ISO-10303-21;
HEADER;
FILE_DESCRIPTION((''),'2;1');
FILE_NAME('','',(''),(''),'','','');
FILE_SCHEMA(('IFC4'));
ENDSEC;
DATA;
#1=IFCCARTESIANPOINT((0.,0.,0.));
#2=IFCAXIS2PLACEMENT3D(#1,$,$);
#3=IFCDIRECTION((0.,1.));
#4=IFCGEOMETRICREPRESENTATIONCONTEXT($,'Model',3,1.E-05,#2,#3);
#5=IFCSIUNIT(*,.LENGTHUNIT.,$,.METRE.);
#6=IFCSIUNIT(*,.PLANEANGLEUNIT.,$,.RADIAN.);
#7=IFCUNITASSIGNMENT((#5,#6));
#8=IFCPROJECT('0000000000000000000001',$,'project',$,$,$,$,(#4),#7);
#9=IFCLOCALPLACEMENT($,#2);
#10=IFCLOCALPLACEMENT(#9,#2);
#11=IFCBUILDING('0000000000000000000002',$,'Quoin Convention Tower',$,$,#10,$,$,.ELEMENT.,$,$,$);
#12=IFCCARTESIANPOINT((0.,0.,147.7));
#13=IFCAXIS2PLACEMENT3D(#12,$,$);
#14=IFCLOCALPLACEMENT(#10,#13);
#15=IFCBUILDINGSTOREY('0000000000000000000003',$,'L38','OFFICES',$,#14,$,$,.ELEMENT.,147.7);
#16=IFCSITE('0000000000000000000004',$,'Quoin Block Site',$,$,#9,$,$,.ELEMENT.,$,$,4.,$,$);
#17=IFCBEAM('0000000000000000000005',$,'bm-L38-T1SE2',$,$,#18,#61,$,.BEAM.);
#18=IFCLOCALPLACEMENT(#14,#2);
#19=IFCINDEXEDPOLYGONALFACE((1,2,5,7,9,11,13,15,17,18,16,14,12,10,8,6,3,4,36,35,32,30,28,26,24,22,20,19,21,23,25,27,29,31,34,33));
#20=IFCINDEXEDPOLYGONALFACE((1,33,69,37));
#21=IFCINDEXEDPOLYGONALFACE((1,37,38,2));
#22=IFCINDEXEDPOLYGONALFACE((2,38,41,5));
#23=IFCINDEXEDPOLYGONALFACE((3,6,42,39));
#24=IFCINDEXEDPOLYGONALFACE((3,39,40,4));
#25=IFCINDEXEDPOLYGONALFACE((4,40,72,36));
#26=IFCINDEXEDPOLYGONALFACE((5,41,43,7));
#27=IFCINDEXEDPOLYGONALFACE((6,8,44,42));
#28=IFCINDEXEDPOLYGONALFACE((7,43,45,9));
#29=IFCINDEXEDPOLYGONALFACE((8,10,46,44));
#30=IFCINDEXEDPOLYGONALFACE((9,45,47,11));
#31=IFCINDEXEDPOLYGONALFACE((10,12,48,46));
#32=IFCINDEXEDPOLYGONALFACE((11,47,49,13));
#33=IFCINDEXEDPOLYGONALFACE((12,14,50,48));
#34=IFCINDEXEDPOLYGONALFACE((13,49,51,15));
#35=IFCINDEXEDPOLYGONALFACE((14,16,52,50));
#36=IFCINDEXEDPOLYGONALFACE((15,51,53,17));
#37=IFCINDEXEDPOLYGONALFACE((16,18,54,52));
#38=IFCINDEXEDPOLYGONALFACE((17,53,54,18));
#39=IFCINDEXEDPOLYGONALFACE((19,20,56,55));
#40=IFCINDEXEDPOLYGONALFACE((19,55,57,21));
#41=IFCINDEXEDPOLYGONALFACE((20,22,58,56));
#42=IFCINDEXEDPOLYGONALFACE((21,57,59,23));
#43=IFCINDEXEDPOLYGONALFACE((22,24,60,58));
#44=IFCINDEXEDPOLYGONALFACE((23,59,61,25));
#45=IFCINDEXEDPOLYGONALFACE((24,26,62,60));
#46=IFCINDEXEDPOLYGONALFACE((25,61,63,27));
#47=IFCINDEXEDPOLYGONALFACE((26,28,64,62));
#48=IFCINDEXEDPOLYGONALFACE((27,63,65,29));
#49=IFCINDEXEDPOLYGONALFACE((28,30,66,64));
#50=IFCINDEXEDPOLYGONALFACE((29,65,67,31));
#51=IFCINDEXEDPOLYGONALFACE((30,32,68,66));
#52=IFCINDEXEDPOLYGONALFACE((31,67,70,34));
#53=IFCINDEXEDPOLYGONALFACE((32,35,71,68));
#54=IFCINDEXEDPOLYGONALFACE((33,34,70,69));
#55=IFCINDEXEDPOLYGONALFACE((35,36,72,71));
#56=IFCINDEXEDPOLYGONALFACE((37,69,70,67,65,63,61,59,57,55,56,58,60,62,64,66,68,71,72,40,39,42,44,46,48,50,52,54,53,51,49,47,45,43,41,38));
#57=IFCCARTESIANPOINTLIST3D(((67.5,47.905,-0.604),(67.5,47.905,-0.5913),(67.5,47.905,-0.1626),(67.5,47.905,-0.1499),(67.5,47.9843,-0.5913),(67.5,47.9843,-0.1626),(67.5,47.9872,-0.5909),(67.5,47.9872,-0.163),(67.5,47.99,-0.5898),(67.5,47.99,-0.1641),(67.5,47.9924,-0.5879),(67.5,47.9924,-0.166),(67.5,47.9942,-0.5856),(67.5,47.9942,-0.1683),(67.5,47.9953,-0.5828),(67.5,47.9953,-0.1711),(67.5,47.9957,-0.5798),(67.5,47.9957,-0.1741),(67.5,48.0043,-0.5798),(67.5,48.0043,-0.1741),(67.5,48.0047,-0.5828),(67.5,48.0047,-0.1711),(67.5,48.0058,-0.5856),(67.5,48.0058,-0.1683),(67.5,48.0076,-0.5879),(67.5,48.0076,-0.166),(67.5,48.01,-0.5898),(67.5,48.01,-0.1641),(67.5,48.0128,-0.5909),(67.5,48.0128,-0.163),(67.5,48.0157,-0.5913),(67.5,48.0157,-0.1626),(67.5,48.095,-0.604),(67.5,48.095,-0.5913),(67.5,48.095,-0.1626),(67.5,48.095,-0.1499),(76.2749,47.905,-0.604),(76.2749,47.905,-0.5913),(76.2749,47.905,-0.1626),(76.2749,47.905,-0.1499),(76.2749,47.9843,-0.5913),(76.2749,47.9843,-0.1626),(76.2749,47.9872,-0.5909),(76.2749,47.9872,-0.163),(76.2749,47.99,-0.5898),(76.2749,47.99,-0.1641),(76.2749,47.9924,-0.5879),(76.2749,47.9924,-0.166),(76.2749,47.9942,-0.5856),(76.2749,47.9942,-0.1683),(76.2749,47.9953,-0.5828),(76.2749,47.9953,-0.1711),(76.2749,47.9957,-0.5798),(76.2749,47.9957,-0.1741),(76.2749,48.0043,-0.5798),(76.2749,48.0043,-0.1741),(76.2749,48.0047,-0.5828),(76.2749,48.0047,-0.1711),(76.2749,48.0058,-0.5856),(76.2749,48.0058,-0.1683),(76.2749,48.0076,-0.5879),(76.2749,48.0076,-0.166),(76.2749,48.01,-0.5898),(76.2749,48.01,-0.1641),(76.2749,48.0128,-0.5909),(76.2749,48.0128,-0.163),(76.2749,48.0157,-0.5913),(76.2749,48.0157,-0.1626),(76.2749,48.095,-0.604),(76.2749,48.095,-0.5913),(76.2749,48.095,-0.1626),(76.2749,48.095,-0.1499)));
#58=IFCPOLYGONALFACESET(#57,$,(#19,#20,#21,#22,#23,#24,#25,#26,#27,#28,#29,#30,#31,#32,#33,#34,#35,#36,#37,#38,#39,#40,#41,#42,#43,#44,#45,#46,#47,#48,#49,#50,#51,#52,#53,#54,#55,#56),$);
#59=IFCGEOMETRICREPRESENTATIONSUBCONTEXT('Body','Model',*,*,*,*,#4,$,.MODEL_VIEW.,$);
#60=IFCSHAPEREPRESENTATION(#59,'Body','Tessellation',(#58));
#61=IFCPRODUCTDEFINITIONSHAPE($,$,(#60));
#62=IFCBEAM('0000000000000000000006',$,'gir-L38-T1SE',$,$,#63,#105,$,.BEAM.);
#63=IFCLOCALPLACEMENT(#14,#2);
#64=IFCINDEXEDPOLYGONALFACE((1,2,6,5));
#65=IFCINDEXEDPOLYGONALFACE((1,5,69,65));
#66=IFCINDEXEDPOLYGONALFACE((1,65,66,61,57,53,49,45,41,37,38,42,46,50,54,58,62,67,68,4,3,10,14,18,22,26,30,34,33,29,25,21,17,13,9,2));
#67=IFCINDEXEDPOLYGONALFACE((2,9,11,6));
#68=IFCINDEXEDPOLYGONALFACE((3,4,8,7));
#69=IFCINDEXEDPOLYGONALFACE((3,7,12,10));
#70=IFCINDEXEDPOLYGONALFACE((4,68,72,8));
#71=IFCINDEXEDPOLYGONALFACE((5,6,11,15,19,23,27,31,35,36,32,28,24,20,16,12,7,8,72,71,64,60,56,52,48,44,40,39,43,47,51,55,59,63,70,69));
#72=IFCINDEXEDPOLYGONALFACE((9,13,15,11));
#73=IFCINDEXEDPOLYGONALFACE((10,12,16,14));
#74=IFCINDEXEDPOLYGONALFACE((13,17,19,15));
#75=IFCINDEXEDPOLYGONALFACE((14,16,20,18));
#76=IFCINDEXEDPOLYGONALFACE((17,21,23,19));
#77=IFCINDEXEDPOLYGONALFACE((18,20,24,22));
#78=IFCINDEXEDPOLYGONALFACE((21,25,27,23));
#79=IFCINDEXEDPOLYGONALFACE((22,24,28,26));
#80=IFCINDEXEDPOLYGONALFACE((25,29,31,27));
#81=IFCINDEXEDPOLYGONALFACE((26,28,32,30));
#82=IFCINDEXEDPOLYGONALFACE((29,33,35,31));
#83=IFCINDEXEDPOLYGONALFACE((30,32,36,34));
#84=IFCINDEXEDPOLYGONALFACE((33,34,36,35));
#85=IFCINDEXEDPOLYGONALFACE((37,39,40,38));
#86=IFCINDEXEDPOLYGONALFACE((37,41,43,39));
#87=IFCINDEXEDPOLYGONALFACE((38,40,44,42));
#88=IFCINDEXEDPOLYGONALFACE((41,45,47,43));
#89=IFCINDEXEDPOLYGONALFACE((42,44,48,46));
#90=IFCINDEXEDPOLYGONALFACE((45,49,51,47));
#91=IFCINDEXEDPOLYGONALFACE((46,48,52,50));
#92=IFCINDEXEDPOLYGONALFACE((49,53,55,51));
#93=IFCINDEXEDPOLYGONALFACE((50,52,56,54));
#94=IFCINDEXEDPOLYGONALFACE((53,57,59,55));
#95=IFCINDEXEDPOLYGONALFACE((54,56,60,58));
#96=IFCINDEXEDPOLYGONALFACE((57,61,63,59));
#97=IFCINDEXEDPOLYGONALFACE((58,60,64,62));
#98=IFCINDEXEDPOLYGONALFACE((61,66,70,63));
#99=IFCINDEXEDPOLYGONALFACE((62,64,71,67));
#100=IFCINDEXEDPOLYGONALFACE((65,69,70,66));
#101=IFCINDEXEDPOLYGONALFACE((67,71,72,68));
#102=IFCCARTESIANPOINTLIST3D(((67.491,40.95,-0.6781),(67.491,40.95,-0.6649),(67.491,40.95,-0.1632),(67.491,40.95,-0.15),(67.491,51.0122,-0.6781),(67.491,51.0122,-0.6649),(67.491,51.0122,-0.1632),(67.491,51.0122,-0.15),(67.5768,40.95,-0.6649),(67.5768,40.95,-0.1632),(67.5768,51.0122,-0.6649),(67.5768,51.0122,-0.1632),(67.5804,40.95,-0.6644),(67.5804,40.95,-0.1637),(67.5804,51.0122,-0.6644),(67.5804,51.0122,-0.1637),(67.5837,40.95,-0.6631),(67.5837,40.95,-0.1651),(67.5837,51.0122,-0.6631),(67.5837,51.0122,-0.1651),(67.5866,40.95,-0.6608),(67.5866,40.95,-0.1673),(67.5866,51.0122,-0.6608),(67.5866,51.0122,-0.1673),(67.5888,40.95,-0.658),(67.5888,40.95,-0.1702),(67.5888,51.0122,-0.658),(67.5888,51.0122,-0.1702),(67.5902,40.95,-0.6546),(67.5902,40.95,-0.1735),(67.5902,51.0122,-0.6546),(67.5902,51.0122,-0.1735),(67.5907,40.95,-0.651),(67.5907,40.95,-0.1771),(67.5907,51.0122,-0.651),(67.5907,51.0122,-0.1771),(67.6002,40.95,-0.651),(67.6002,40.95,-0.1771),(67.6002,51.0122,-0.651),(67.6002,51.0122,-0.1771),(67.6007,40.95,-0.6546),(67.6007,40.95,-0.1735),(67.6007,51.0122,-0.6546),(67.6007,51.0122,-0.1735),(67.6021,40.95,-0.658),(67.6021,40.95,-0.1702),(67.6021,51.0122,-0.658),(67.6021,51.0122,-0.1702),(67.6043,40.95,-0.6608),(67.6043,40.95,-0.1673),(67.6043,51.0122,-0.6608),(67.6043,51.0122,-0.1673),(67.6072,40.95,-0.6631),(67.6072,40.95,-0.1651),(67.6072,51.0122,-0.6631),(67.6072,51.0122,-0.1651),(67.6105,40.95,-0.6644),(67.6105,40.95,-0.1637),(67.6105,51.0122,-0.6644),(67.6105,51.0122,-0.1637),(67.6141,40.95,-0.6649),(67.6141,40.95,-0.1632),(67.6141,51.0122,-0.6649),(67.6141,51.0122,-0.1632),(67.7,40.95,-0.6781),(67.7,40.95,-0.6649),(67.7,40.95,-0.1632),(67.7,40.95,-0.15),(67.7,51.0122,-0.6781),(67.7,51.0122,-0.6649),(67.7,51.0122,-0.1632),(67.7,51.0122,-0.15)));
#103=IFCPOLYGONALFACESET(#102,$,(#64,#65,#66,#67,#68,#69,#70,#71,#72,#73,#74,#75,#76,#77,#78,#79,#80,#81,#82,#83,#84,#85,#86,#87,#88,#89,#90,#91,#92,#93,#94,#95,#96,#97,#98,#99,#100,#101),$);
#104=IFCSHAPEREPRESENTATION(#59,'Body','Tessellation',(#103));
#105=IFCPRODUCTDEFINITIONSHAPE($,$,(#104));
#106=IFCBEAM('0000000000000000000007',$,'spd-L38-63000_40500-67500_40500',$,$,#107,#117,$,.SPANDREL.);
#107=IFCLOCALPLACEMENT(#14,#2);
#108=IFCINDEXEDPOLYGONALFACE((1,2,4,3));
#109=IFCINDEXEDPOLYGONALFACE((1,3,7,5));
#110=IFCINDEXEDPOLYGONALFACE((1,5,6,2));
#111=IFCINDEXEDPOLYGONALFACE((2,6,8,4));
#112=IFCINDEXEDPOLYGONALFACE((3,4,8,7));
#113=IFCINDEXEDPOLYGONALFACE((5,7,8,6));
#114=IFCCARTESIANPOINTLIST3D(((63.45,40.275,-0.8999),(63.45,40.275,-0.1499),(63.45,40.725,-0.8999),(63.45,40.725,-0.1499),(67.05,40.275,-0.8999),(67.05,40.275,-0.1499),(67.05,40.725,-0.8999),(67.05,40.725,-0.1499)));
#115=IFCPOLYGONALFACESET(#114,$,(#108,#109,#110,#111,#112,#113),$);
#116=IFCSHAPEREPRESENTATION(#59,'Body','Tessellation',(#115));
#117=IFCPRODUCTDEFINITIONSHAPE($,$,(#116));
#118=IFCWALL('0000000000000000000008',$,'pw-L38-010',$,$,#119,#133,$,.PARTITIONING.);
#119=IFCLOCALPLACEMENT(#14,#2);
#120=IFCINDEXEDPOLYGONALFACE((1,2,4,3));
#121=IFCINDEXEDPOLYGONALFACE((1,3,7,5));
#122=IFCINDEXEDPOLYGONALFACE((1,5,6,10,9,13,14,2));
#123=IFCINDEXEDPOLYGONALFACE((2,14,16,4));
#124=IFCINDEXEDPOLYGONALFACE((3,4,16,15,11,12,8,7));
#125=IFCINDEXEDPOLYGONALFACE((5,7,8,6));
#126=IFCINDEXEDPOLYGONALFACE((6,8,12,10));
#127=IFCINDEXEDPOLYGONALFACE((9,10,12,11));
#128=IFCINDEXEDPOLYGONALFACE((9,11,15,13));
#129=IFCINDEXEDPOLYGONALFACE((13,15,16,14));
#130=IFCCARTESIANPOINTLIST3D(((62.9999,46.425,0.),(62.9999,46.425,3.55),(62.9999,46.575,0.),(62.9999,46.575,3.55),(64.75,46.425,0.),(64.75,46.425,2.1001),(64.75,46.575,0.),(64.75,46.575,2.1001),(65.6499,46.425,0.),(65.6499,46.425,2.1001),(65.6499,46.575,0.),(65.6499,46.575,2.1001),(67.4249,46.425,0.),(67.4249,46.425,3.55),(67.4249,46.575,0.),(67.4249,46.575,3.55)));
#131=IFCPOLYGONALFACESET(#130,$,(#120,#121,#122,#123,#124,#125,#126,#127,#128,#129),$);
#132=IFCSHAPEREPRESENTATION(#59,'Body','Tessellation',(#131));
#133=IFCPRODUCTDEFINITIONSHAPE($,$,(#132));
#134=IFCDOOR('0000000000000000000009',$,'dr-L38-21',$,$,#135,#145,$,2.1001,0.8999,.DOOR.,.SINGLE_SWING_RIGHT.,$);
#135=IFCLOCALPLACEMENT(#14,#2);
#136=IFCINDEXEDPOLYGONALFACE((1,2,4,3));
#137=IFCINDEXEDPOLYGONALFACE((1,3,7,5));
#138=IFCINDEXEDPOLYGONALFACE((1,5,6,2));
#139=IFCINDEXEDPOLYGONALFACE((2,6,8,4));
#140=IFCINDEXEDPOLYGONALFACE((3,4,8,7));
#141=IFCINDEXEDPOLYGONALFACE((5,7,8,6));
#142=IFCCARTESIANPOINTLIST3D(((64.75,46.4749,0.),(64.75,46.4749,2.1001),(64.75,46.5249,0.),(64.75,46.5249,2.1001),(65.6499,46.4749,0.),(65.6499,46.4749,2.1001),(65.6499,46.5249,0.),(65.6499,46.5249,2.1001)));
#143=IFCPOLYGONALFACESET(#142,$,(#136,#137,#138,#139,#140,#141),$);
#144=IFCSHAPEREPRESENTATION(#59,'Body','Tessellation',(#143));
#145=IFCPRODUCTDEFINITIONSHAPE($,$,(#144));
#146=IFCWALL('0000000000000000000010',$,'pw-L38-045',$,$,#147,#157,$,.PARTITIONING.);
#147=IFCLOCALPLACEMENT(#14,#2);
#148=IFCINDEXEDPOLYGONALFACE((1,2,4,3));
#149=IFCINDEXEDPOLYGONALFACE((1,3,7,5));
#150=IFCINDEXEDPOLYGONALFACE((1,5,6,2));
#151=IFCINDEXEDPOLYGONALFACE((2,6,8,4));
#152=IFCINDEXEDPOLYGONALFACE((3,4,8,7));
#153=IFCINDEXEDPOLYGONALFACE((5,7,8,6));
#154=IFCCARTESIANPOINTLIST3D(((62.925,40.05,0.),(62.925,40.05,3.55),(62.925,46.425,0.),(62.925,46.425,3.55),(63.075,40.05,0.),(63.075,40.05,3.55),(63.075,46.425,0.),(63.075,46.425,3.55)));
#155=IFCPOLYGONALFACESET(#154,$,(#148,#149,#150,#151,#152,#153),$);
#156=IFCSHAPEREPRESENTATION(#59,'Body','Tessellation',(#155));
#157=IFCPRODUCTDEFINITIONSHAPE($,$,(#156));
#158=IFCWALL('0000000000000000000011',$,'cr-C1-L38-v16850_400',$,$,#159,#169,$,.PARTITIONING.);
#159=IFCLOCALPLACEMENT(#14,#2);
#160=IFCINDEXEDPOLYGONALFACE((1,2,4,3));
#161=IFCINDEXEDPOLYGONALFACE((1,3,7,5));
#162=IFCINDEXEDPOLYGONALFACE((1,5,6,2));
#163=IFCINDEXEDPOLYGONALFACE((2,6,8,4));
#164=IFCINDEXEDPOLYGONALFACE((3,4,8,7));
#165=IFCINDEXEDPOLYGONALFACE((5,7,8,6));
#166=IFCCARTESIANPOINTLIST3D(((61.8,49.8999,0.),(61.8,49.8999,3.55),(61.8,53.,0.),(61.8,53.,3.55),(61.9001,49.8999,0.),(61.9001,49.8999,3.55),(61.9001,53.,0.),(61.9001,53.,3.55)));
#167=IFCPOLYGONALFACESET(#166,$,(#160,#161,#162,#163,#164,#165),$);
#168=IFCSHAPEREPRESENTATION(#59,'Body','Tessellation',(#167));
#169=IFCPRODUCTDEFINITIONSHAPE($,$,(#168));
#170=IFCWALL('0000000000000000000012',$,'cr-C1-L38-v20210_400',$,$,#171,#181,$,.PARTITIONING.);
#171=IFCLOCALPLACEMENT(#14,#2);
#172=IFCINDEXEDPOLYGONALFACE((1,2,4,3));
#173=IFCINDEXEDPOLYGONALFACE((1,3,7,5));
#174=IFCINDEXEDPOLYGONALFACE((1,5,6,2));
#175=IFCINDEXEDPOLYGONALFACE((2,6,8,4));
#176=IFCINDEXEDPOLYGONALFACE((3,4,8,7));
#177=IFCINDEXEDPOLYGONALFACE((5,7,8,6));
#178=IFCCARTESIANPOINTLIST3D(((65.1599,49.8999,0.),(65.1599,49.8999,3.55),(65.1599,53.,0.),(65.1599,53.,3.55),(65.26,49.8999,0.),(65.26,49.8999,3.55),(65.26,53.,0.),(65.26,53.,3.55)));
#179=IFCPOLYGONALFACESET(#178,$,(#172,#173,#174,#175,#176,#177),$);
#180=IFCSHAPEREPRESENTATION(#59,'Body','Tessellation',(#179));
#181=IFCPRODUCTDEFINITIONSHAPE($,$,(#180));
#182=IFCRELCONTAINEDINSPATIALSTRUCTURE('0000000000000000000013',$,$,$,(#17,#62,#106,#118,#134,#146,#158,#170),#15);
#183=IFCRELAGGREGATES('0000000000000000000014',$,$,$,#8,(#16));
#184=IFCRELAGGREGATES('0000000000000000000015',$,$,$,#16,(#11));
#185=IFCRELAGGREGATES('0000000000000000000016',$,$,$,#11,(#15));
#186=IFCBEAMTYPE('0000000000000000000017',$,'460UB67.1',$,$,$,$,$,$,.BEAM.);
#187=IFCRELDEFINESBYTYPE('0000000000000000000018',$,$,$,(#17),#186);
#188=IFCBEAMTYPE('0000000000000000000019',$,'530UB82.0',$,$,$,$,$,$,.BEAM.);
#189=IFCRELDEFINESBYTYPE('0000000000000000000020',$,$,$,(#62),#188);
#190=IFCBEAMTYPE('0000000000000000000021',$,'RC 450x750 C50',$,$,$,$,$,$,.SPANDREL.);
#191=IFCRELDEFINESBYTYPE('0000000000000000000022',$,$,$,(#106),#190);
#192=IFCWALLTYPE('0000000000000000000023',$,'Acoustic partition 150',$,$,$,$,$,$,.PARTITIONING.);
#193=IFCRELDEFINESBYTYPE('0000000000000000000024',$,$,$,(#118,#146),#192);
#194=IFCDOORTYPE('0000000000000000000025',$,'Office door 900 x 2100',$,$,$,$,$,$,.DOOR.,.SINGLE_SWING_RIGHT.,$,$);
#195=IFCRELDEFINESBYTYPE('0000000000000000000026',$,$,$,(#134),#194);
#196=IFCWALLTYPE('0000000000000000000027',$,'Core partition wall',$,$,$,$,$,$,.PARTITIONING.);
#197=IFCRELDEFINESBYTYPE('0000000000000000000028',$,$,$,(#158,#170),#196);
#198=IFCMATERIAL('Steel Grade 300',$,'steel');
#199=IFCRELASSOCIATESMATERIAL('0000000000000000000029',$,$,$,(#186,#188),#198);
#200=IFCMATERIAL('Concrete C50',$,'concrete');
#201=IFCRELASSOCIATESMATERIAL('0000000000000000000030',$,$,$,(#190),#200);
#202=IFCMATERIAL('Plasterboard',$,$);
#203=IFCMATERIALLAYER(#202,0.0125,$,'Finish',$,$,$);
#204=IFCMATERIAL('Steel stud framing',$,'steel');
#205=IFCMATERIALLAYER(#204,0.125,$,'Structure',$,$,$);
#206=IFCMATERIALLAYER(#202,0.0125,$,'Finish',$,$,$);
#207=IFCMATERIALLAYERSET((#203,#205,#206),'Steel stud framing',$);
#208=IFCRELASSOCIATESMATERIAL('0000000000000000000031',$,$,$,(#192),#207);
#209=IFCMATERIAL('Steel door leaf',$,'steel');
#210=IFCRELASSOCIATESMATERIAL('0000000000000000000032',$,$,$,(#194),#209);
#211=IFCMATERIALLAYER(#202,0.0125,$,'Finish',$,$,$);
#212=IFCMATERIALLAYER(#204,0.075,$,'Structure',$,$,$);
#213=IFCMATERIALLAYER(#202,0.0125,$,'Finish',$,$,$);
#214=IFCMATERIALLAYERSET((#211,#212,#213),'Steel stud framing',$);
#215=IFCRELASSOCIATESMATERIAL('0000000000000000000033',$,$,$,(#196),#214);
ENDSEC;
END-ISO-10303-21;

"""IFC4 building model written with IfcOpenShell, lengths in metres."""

from ifc_helpers import new_model, si_unit, direction, frame, frame_2d, origin, origin_2d, place, context, subcontext, project, spatial, rectangle, i_section, extrude, material, layer, layer_set, material_profile, profile_set, type_object, element, fill, save


model = new_model("IFC4")

# Units and contexts
model_context = context("Model", 3, precision=1e-05, world=origin(), true_north=direction((0.0, 1.0)))
body_context = subcontext(model_context, "Body", "Model", "MODEL_VIEW")
ifc_project = project(units=[si_unit("LENGTHUNIT", "METRE"), si_unit("PLANEANGLEUNIT", "RADIAN")], contexts=[model_context])

# Site, building, storey
site_placement = place(None, origin())
site = spatial("IfcSite", under=ifc_project, at=site_placement, Name="Quoin Block Site", CompositionType="ELEMENT", RefElevation=4.0)
building_placement = place(site_placement, origin())
building = spatial("IfcBuilding", under=site, at=building_placement, Name="Quoin Convention Tower", CompositionType="ELEMENT")
storey_placement = place(building_placement, frame((0.0, 0.0, 147.7)))
storey = spatial("IfcBuildingStorey", under=building, at=storey_placement, Name="L38", Description="OFFICES", CompositionType="ELEMENT", Elevation=147.7)

# Shared definitions
ifc_material_1 = material(Name="Concrete C50", Category="concrete")

# Beams
ifc_material_2 = material(Name="Steel Grade 300", Category="steel")
ifc_material_profile_1 = material_profile(ifc_material_2, i_section(OverallWidth=0.1899, OverallDepth=0.4541, WebThickness=0.0085, FlangeThickness=0.0127, FilletRadius=0.0115, at=origin_2d()), Name="460UB67.1")
ifc_profile_set_1 = profile_set([ifc_material_profile_1], Name="Steel Grade 300")
beam_type_1 = type_object("IfcBeamType", Name="460UB67.1", PredefinedType="BEAM", material=ifc_profile_set_1)
beam_1_placement = place(storey_placement, frame((67.5, 48.0, -0.377), z_axis=(1.0, 0.0, 0.0), x_axis=(0.0, 1.0, 0.0)))
element("IfcBeam", 1, at=beam_1_placement, inside=storey, type_object=beam_type_1, Name="bm-L38-T1SE2", PredefinedType="BEAM", context=body_context, shape_type="SweptSolid", body=[
    extrude(i_section(OverallWidth=0.1899, OverallDepth=0.4541, WebThickness=0.0085, FlangeThickness=0.0127, FilletRadius=0.0115, at=origin_2d()), origin(), (0.0, 0.0, 1.0), 8.7749),
])
ifc_material_profile_2 = material_profile(ifc_material_2, i_section(OverallWidth=0.209, OverallDepth=0.5281, WebThickness=0.0095, FlangeThickness=0.0132, FilletRadius=0.0139, at=origin_2d()), Name="530UB82.0")
ifc_profile_set_2 = profile_set([ifc_material_profile_2], Name="Steel Grade 300")
beam_type_2 = type_object("IfcBeamType", Name="530UB82.0", PredefinedType="BEAM", material=ifc_profile_set_2)
beam_2_placement = place(storey_placement, frame((67.5955, 40.95, -0.4141), z_axis=(0.0, 1.0, 0.0), x_axis=(-1.0, 0.0, 0.0)))
element("IfcBeam", 2, at=beam_2_placement, inside=storey, type_object=beam_type_2, Name="gir-L38-T1SE", PredefinedType="BEAM", context=body_context, shape_type="SweptSolid", body=[
    extrude(i_section(OverallWidth=0.209, OverallDepth=0.5281, WebThickness=0.0095, FlangeThickness=0.0132, FilletRadius=0.0139, at=origin_2d()), origin(), (0.0, 0.0, 1.0), 10.0623),
])
ifc_material_profile_3 = material_profile(ifc_material_1, rectangle(XDim=0.45, YDim=0.75, at=origin_2d()), Name="RC 450x750")
ifc_profile_set_3 = profile_set([ifc_material_profile_3], Name="Concrete C50")
beam_type_3 = type_object("IfcBeamType", Name="RC 450x750 C50", PredefinedType="SPANDREL", material=ifc_profile_set_3)
beam_3_placement = place(storey_placement, frame((63.45, 40.5, -0.5249), z_axis=(1.0, 0.0, 0.0), x_axis=(0.0, 1.0, 0.0)))
element("IfcBeam", 3, at=beam_3_placement, inside=storey, type_object=beam_type_3, Name="spd-L38-63000_40500-67500_40500", PredefinedType="SPANDREL", context=body_context, shape_type="SweptSolid", body=[
    extrude(rectangle(XDim=0.45, YDim=0.75, at=origin_2d()), origin(), (0.0, 0.0, 1.0), 3.6001),
])

# Wall, opening, door
ifc_material_3 = material(Name="Plasterboard")
ifc_layer_1 = layer(ifc_material_3, 0.0125, Name="Finish")
ifc_material_4 = material(Name="Steel stud framing", Category="steel")
ifc_layer_2 = layer(ifc_material_4, 0.125, Name="Structure")
ifc_layer_3 = layer(ifc_material_3, 0.0125, Name="Finish")
ifc_layer_set_1 = layer_set([ifc_layer_1, ifc_layer_2, ifc_layer_3], Name="Steel stud framing")
wall_type_1 = type_object("IfcWallType", Name="Acoustic partition 150", PredefinedType="PARTITIONING", material=ifc_layer_set_1)
wall_1_placement = place(storey_placement, frame((63.0, 46.5, 0.0), z_axis=(0.0, 0.0, 1.0), x_axis=(1.0, 0.0, 0.0)))
wall_1 = element("IfcWall", 4, at=wall_1_placement, inside=storey, type_object=wall_type_1, Name="pw-L38-010", PredefinedType="PARTITIONING", context=body_context, shape_type="SweptSolid", body=[
    extrude(rectangle(XDim=4.425, YDim=0.1499, at=frame_2d((2.2124, 0.0))), origin(), (0.0, 0.0, 1.0), 3.55),
])
opening_1_placement = place(wall_1_placement, frame((1.75, 0.0, 0.0)))
opening_1 = element("IfcOpeningElement", 5, at=opening_1_placement, cuts=wall_1, PredefinedType="OPENING", context=body_context, shape_type="SweptSolid", body=[
    extrude(rectangle(XDim=0.8999, YDim=2.1001, at=frame_2d((0.45, 1.05))), frame((0.0, 0.085, 0.0), z_axis=(0.0, -1.0, 0.0), x_axis=(1.0, 0.0, 0.0)), (0.0, 0.0, 1.0), 0.1699),
])
ifc_material_5 = material(Name="Steel door leaf", Category="steel")
door_type_1 = type_object("IfcDoorType", Name="Office door 900 x 2100", OperationType="SINGLE_SWING_RIGHT", PredefinedType="DOOR", material=ifc_material_5)
door_1_placement = place(opening_1_placement, origin())
door_1 = element("IfcDoor", 6, at=door_1_placement, inside=storey, type_object=door_type_1, Name="dr-L38-21", OperationType="SINGLE_SWING_RIGHT", OverallHeight=2.1001, OverallWidth=0.8999, PredefinedType="DOOR", context=body_context, shape_type="SweptSolid", body=[
    extrude(rectangle(XDim=0.8999, YDim=2.1001, at=frame_2d((0.45, 1.05))), frame((0.0, 0.0249, 0.0), z_axis=(0.0, -1.0, 0.0), x_axis=(1.0, 0.0, 0.0)), (0.0, 0.0, 1.0), 0.05),
])
fill(opening_1, door_1)

# Walls
wall_2_placement = place(storey_placement, frame((63.0, 40.05, 0.0), z_axis=(0.0, 0.0, 1.0), x_axis=(0.0, 1.0, 0.0)))
element("IfcWall", 7, at=wall_2_placement, inside=storey, type_object=wall_type_1, Name="pw-L38-045", PredefinedType="PARTITIONING", context=body_context, shape_type="SweptSolid", body=[
    extrude(rectangle(XDim=6.375, YDim=0.1499, at=frame_2d((3.1875, 0.0))), origin(), (0.0, 0.0, 1.0), 3.55),
])
ifc_layer_4 = layer(ifc_material_3, 0.0125, Name="Finish")
ifc_layer_5 = layer(ifc_material_4, 0.075, Name="Structure")
ifc_layer_6 = layer(ifc_material_3, 0.0125, Name="Finish")
ifc_layer_set_2 = layer_set([ifc_layer_4, ifc_layer_5, ifc_layer_6], Name="Steel stud framing")
wall_type_2 = type_object("IfcWallType", Name="Core partition wall", PredefinedType="PARTITIONING", material=ifc_layer_set_2)
for number, where, z_axis, x_axis, name in (
    (8, (61.8501, 49.8999, 0.0), (0.0, 0.0, 1.0), (0.0, 1.0, 0.0), "cr-C1-L38-v16850_400"),
    (9, (65.21, 49.8999, 0.0), (0.0, 0.0, 1.0), (0.0, 1.0, 0.0), "cr-C1-L38-v20210_400"),
):
    element("IfcWall", number, at=place(storey_placement, frame(where, z_axis=z_axis, x_axis=x_axis)), inside=storey, type_object=wall_type_2, Name=name, PredefinedType="PARTITIONING", context=body_context, shape_type="SweptSolid", body=[
        extrude(rectangle(XDim=3.1001, YDim=0.1001, at=frame_2d((1.55, 0.0))), origin(), (0.0, 0.0, 1.0), 3.55),
    ])

save(model, "model.ifc")
